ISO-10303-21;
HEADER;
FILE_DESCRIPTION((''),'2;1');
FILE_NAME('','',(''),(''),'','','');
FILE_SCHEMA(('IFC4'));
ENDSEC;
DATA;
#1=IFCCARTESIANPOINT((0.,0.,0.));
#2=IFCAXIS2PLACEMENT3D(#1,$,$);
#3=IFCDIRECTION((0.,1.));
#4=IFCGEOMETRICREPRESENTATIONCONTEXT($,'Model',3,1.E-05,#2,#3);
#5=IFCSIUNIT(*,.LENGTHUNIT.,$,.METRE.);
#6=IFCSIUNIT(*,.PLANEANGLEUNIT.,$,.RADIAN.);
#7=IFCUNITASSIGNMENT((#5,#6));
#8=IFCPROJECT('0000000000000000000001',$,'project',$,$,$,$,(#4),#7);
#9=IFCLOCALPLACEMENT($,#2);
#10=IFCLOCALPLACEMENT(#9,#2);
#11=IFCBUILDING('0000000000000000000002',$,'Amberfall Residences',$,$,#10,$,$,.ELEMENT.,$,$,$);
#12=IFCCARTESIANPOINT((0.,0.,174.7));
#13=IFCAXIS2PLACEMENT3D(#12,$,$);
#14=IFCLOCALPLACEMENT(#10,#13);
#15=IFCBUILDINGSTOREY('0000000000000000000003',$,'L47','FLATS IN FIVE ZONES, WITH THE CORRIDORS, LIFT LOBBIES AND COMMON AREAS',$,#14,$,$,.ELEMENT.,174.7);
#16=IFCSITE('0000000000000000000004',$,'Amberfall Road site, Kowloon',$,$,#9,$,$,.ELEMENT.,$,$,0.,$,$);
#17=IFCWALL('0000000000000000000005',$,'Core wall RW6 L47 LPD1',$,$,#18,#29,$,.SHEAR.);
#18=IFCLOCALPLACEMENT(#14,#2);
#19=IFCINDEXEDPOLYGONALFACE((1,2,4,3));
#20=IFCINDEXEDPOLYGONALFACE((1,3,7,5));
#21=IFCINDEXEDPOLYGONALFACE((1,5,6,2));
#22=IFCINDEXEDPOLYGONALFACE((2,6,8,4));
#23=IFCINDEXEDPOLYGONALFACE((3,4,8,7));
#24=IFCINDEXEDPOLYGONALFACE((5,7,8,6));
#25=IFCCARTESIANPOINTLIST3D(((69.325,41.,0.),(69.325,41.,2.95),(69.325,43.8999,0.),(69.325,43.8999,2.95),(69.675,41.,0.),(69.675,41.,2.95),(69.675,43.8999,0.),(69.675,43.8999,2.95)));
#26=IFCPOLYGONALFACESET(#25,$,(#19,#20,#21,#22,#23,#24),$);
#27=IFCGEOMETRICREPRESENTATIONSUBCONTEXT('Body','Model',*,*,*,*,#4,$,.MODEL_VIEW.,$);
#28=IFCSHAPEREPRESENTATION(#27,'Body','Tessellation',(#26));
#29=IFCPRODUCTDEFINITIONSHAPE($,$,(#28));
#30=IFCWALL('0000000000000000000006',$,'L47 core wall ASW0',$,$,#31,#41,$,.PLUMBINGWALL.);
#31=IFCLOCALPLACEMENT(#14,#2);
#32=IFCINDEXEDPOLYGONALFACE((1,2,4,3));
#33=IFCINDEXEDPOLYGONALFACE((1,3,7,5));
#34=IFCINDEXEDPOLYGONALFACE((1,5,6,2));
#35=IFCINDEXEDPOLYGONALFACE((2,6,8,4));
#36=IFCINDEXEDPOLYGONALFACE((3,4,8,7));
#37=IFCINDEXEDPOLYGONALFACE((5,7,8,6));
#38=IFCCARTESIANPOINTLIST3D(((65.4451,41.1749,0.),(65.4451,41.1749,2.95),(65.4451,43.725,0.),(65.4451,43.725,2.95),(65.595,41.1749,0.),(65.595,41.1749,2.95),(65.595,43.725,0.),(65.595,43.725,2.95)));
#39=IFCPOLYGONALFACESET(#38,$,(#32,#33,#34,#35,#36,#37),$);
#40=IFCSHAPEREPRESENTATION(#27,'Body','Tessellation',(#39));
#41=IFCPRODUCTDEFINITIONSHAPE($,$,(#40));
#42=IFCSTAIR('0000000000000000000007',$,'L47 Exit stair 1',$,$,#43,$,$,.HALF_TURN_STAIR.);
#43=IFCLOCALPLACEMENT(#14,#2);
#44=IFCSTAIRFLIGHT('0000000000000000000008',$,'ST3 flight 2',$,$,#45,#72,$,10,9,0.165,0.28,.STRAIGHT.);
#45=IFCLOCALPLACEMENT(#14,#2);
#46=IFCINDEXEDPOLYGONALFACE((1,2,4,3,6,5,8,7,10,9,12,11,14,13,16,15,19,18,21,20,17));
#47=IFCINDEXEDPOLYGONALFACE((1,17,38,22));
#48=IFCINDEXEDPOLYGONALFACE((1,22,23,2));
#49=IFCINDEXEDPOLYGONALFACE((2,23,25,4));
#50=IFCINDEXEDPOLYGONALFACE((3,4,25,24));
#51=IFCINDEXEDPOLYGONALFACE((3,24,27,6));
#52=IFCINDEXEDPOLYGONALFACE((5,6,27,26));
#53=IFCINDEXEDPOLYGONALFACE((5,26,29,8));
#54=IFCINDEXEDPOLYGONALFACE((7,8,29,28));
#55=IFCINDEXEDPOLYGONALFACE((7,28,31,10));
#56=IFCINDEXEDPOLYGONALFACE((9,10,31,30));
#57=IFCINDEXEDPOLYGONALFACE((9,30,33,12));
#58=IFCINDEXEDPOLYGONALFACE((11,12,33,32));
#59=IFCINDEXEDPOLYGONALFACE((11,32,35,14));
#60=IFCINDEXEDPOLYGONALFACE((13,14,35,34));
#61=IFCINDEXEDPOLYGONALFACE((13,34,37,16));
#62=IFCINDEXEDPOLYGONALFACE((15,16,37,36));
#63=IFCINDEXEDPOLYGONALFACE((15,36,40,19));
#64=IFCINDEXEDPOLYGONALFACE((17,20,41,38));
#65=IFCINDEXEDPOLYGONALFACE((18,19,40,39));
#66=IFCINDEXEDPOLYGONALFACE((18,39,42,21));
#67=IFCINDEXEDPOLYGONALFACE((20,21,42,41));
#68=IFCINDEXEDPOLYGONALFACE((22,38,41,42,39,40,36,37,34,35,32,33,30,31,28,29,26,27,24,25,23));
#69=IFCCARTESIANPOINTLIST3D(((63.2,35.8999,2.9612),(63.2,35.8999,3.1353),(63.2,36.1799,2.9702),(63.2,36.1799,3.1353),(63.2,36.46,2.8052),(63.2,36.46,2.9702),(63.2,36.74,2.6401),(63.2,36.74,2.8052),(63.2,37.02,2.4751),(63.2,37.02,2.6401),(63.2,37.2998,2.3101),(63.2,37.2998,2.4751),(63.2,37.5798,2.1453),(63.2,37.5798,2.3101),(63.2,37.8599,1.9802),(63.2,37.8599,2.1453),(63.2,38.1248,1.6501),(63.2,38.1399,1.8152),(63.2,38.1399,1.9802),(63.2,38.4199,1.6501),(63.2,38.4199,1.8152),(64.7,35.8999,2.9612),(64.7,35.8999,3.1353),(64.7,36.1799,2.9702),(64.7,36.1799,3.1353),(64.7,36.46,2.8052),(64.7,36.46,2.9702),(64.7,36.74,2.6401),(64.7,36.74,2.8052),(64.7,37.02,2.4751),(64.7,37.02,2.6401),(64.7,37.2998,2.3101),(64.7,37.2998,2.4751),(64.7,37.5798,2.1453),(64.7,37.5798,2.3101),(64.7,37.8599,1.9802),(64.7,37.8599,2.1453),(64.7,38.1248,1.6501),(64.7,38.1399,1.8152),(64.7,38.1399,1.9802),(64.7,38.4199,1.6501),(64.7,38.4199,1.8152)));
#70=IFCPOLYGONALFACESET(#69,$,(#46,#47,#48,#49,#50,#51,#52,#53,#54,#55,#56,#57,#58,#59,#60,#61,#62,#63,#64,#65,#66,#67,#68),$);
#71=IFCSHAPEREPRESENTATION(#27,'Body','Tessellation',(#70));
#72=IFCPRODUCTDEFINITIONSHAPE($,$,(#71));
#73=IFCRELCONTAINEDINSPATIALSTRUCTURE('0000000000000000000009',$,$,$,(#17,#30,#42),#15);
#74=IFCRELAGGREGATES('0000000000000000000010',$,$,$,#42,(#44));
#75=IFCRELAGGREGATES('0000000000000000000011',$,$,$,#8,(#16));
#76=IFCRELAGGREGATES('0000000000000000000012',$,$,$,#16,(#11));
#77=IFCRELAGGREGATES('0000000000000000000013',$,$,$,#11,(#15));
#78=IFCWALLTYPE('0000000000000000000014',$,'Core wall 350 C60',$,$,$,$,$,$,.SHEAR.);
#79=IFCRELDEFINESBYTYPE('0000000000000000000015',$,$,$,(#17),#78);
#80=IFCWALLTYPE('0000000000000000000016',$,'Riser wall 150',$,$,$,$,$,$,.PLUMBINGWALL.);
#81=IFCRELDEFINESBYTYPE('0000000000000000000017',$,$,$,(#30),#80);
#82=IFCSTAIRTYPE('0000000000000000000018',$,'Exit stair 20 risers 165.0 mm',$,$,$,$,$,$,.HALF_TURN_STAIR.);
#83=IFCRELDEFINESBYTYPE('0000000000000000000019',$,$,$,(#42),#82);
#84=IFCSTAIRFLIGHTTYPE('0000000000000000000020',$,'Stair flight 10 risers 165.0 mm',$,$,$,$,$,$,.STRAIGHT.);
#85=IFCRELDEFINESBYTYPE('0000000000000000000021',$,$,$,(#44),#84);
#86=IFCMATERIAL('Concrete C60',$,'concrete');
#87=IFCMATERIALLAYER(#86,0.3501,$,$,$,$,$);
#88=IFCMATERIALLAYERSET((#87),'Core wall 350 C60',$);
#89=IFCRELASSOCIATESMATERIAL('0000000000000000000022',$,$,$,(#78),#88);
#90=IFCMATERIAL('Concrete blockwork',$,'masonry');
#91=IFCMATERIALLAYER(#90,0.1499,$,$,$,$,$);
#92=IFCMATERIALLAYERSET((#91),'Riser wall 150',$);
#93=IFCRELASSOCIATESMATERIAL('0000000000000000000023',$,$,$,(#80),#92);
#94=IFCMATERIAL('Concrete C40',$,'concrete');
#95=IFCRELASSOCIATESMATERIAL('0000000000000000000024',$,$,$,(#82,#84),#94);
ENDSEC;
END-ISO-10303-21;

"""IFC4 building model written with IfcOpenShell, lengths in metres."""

from ifc_helpers import new_model, si_unit, direction, frame, frame_2d, origin, place, context, subcontext, project, spatial, polyline, rectangle, outline, extrude, material, layer, layer_set, type_object, element, aggregate, save


model = new_model("IFC4")

# Units and contexts
model_context = context("Model", 3, precision=1e-05, world=origin(), true_north=direction((0.0, 1.0)))
body_context = subcontext(model_context, "Body", "Model", "MODEL_VIEW")
ifc_project = project(units=[si_unit("LENGTHUNIT", "METRE"), si_unit("PLANEANGLEUNIT", "RADIAN")], contexts=[model_context])

# Site, building, storey
site_placement = place(None, origin())
site = spatial("IfcSite", under=ifc_project, at=site_placement, Name="Amberfall Road site, Kowloon", CompositionType="ELEMENT", RefElevation=0.0)
building_placement = place(site_placement, origin())
building = spatial("IfcBuilding", under=site, at=building_placement, Name="Amberfall Residences", CompositionType="ELEMENT")
storey_placement = place(building_placement, frame((0.0, 0.0, 174.7)))
storey = spatial("IfcBuildingStorey", under=building, at=storey_placement, Name="L47", Description="FLATS IN FIVE ZONES, WITH THE CORRIDORS, LIFT LOBBIES AND COMMON AREAS", CompositionType="ELEMENT", Elevation=174.7)

# Shared definitions
ifc_material_1 = material(Name="Concrete C60", Category="concrete")
ifc_layer_1 = layer(ifc_material_1, 0.3501)
ifc_layer_set_1 = layer_set([ifc_layer_1], Name="Core wall 350 C60")
wall_type_1 = type_object("IfcWallType", Name="Core wall 350 C60", PredefinedType="SHEAR", material=ifc_layer_set_1)

# Walls
wall_1_placement = place(storey_placement, frame((69.5, 41.0, 0.0), z_axis=(0.0, 0.0, 1.0), x_axis=(0.0, 1.0, 0.0)))
element("IfcWall", 1, at=wall_1_placement, inside=storey, type_object=wall_type_1, Name="Core wall RW6 L47 LPD1", PredefinedType="SHEAR", context=body_context, shape_type="SweptSolid", body=[
    extrude(rectangle(XDim=2.8999, YDim=0.3501, at=frame_2d((1.45, 0.0))), origin(), (0.0, 0.0, 1.0), 2.95),
])
ifc_material_2 = material(Name="Concrete blockwork", Category="masonry")
ifc_layer_2 = layer(ifc_material_2, 0.1499)
ifc_layer_set_2 = layer_set([ifc_layer_2], Name="Riser wall 150")
wall_type_2 = type_object("IfcWallType", Name="Riser wall 150", PredefinedType="PLUMBINGWALL", material=ifc_layer_set_2)
wall_2_placement = place(storey_placement, frame((65.52, 41.175, 0.0), z_axis=(0.0, 0.0, 1.0), x_axis=(0.0, 1.0, 0.0)))
element("IfcWall", 2, at=wall_2_placement, inside=storey, type_object=wall_type_2, Name="L47 core wall ASW0", PredefinedType="PLUMBINGWALL", context=body_context, shape_type="SweptSolid", body=[
    extrude(rectangle(XDim=2.55, YDim=0.1499, at=frame_2d((1.2749, 0.0))), origin(), (0.0, 0.0, 1.0), 2.95),
])

# Stair, stair flight
ifc_material_3 = material(Name="Concrete C40", Category="concrete")
stair_type = type_object("IfcStairType", Name="Exit stair 20 risers 165.0 mm", PredefinedType="HALF_TURN_STAIR", material=ifc_material_3)
stair_placement = place(storey_placement, origin())
stair = element("IfcStair", 3, at=stair_placement, inside=storey, type_object=stair_type, Name="L47 Exit stair 1", PredefinedType="HALF_TURN_STAIR")
stair_flight_type = type_object("IfcStairFlightType", Name="Stair flight 10 risers 165.0 mm", PredefinedType="STRAIGHT", material=ifc_material_3)
stair_flight_placement = place(storey_placement, frame((63.95, 38.4199, 1.6501), z_axis=(0.0, 0.0, 1.0), x_axis=(0.0, -1.0, 0.0)))
stair_flight = element("IfcStairFlight", 4, at=stair_flight_placement, type_object=stair_flight_type, Name="ST3 flight 2", NumberOfRisers=10, NumberOfTreads=9, PredefinedType="STRAIGHT", RiserHeight=0.165, TreadLength=0.28, context=body_context, shape_type="SweptSolid", body=[
    extrude(outline(polyline([(0.0, 0.0), (0.0, 0.165), (0.28, 0.165), (0.28, 0.3301), (0.5601, 0.3301), (0.5601, 0.4951), (0.8401, 0.4951), (0.8401, 0.6599), (1.1201, 0.6599), (1.1201, 0.825), (1.3999, 0.825), (1.3999, 0.99), (1.6799, 0.99), (1.6799, 1.155), (1.96, 1.155), (1.96, 1.3201), (2.24, 1.3201), (2.24, 1.4851), (2.52, 1.4851), (2.52, 1.6499), (2.52, 1.311), (0.2952, 0.0), (0.0, 0.0)])), frame((0.0, 0.75, 0.0), z_axis=(0.0, -1.0, 0.0), x_axis=(1.0, 0.0, 0.0)), (0.0, 0.0, 1.0), 1.5),
])
aggregate(stair, [stair_flight])

save(model, "model.ifc")
